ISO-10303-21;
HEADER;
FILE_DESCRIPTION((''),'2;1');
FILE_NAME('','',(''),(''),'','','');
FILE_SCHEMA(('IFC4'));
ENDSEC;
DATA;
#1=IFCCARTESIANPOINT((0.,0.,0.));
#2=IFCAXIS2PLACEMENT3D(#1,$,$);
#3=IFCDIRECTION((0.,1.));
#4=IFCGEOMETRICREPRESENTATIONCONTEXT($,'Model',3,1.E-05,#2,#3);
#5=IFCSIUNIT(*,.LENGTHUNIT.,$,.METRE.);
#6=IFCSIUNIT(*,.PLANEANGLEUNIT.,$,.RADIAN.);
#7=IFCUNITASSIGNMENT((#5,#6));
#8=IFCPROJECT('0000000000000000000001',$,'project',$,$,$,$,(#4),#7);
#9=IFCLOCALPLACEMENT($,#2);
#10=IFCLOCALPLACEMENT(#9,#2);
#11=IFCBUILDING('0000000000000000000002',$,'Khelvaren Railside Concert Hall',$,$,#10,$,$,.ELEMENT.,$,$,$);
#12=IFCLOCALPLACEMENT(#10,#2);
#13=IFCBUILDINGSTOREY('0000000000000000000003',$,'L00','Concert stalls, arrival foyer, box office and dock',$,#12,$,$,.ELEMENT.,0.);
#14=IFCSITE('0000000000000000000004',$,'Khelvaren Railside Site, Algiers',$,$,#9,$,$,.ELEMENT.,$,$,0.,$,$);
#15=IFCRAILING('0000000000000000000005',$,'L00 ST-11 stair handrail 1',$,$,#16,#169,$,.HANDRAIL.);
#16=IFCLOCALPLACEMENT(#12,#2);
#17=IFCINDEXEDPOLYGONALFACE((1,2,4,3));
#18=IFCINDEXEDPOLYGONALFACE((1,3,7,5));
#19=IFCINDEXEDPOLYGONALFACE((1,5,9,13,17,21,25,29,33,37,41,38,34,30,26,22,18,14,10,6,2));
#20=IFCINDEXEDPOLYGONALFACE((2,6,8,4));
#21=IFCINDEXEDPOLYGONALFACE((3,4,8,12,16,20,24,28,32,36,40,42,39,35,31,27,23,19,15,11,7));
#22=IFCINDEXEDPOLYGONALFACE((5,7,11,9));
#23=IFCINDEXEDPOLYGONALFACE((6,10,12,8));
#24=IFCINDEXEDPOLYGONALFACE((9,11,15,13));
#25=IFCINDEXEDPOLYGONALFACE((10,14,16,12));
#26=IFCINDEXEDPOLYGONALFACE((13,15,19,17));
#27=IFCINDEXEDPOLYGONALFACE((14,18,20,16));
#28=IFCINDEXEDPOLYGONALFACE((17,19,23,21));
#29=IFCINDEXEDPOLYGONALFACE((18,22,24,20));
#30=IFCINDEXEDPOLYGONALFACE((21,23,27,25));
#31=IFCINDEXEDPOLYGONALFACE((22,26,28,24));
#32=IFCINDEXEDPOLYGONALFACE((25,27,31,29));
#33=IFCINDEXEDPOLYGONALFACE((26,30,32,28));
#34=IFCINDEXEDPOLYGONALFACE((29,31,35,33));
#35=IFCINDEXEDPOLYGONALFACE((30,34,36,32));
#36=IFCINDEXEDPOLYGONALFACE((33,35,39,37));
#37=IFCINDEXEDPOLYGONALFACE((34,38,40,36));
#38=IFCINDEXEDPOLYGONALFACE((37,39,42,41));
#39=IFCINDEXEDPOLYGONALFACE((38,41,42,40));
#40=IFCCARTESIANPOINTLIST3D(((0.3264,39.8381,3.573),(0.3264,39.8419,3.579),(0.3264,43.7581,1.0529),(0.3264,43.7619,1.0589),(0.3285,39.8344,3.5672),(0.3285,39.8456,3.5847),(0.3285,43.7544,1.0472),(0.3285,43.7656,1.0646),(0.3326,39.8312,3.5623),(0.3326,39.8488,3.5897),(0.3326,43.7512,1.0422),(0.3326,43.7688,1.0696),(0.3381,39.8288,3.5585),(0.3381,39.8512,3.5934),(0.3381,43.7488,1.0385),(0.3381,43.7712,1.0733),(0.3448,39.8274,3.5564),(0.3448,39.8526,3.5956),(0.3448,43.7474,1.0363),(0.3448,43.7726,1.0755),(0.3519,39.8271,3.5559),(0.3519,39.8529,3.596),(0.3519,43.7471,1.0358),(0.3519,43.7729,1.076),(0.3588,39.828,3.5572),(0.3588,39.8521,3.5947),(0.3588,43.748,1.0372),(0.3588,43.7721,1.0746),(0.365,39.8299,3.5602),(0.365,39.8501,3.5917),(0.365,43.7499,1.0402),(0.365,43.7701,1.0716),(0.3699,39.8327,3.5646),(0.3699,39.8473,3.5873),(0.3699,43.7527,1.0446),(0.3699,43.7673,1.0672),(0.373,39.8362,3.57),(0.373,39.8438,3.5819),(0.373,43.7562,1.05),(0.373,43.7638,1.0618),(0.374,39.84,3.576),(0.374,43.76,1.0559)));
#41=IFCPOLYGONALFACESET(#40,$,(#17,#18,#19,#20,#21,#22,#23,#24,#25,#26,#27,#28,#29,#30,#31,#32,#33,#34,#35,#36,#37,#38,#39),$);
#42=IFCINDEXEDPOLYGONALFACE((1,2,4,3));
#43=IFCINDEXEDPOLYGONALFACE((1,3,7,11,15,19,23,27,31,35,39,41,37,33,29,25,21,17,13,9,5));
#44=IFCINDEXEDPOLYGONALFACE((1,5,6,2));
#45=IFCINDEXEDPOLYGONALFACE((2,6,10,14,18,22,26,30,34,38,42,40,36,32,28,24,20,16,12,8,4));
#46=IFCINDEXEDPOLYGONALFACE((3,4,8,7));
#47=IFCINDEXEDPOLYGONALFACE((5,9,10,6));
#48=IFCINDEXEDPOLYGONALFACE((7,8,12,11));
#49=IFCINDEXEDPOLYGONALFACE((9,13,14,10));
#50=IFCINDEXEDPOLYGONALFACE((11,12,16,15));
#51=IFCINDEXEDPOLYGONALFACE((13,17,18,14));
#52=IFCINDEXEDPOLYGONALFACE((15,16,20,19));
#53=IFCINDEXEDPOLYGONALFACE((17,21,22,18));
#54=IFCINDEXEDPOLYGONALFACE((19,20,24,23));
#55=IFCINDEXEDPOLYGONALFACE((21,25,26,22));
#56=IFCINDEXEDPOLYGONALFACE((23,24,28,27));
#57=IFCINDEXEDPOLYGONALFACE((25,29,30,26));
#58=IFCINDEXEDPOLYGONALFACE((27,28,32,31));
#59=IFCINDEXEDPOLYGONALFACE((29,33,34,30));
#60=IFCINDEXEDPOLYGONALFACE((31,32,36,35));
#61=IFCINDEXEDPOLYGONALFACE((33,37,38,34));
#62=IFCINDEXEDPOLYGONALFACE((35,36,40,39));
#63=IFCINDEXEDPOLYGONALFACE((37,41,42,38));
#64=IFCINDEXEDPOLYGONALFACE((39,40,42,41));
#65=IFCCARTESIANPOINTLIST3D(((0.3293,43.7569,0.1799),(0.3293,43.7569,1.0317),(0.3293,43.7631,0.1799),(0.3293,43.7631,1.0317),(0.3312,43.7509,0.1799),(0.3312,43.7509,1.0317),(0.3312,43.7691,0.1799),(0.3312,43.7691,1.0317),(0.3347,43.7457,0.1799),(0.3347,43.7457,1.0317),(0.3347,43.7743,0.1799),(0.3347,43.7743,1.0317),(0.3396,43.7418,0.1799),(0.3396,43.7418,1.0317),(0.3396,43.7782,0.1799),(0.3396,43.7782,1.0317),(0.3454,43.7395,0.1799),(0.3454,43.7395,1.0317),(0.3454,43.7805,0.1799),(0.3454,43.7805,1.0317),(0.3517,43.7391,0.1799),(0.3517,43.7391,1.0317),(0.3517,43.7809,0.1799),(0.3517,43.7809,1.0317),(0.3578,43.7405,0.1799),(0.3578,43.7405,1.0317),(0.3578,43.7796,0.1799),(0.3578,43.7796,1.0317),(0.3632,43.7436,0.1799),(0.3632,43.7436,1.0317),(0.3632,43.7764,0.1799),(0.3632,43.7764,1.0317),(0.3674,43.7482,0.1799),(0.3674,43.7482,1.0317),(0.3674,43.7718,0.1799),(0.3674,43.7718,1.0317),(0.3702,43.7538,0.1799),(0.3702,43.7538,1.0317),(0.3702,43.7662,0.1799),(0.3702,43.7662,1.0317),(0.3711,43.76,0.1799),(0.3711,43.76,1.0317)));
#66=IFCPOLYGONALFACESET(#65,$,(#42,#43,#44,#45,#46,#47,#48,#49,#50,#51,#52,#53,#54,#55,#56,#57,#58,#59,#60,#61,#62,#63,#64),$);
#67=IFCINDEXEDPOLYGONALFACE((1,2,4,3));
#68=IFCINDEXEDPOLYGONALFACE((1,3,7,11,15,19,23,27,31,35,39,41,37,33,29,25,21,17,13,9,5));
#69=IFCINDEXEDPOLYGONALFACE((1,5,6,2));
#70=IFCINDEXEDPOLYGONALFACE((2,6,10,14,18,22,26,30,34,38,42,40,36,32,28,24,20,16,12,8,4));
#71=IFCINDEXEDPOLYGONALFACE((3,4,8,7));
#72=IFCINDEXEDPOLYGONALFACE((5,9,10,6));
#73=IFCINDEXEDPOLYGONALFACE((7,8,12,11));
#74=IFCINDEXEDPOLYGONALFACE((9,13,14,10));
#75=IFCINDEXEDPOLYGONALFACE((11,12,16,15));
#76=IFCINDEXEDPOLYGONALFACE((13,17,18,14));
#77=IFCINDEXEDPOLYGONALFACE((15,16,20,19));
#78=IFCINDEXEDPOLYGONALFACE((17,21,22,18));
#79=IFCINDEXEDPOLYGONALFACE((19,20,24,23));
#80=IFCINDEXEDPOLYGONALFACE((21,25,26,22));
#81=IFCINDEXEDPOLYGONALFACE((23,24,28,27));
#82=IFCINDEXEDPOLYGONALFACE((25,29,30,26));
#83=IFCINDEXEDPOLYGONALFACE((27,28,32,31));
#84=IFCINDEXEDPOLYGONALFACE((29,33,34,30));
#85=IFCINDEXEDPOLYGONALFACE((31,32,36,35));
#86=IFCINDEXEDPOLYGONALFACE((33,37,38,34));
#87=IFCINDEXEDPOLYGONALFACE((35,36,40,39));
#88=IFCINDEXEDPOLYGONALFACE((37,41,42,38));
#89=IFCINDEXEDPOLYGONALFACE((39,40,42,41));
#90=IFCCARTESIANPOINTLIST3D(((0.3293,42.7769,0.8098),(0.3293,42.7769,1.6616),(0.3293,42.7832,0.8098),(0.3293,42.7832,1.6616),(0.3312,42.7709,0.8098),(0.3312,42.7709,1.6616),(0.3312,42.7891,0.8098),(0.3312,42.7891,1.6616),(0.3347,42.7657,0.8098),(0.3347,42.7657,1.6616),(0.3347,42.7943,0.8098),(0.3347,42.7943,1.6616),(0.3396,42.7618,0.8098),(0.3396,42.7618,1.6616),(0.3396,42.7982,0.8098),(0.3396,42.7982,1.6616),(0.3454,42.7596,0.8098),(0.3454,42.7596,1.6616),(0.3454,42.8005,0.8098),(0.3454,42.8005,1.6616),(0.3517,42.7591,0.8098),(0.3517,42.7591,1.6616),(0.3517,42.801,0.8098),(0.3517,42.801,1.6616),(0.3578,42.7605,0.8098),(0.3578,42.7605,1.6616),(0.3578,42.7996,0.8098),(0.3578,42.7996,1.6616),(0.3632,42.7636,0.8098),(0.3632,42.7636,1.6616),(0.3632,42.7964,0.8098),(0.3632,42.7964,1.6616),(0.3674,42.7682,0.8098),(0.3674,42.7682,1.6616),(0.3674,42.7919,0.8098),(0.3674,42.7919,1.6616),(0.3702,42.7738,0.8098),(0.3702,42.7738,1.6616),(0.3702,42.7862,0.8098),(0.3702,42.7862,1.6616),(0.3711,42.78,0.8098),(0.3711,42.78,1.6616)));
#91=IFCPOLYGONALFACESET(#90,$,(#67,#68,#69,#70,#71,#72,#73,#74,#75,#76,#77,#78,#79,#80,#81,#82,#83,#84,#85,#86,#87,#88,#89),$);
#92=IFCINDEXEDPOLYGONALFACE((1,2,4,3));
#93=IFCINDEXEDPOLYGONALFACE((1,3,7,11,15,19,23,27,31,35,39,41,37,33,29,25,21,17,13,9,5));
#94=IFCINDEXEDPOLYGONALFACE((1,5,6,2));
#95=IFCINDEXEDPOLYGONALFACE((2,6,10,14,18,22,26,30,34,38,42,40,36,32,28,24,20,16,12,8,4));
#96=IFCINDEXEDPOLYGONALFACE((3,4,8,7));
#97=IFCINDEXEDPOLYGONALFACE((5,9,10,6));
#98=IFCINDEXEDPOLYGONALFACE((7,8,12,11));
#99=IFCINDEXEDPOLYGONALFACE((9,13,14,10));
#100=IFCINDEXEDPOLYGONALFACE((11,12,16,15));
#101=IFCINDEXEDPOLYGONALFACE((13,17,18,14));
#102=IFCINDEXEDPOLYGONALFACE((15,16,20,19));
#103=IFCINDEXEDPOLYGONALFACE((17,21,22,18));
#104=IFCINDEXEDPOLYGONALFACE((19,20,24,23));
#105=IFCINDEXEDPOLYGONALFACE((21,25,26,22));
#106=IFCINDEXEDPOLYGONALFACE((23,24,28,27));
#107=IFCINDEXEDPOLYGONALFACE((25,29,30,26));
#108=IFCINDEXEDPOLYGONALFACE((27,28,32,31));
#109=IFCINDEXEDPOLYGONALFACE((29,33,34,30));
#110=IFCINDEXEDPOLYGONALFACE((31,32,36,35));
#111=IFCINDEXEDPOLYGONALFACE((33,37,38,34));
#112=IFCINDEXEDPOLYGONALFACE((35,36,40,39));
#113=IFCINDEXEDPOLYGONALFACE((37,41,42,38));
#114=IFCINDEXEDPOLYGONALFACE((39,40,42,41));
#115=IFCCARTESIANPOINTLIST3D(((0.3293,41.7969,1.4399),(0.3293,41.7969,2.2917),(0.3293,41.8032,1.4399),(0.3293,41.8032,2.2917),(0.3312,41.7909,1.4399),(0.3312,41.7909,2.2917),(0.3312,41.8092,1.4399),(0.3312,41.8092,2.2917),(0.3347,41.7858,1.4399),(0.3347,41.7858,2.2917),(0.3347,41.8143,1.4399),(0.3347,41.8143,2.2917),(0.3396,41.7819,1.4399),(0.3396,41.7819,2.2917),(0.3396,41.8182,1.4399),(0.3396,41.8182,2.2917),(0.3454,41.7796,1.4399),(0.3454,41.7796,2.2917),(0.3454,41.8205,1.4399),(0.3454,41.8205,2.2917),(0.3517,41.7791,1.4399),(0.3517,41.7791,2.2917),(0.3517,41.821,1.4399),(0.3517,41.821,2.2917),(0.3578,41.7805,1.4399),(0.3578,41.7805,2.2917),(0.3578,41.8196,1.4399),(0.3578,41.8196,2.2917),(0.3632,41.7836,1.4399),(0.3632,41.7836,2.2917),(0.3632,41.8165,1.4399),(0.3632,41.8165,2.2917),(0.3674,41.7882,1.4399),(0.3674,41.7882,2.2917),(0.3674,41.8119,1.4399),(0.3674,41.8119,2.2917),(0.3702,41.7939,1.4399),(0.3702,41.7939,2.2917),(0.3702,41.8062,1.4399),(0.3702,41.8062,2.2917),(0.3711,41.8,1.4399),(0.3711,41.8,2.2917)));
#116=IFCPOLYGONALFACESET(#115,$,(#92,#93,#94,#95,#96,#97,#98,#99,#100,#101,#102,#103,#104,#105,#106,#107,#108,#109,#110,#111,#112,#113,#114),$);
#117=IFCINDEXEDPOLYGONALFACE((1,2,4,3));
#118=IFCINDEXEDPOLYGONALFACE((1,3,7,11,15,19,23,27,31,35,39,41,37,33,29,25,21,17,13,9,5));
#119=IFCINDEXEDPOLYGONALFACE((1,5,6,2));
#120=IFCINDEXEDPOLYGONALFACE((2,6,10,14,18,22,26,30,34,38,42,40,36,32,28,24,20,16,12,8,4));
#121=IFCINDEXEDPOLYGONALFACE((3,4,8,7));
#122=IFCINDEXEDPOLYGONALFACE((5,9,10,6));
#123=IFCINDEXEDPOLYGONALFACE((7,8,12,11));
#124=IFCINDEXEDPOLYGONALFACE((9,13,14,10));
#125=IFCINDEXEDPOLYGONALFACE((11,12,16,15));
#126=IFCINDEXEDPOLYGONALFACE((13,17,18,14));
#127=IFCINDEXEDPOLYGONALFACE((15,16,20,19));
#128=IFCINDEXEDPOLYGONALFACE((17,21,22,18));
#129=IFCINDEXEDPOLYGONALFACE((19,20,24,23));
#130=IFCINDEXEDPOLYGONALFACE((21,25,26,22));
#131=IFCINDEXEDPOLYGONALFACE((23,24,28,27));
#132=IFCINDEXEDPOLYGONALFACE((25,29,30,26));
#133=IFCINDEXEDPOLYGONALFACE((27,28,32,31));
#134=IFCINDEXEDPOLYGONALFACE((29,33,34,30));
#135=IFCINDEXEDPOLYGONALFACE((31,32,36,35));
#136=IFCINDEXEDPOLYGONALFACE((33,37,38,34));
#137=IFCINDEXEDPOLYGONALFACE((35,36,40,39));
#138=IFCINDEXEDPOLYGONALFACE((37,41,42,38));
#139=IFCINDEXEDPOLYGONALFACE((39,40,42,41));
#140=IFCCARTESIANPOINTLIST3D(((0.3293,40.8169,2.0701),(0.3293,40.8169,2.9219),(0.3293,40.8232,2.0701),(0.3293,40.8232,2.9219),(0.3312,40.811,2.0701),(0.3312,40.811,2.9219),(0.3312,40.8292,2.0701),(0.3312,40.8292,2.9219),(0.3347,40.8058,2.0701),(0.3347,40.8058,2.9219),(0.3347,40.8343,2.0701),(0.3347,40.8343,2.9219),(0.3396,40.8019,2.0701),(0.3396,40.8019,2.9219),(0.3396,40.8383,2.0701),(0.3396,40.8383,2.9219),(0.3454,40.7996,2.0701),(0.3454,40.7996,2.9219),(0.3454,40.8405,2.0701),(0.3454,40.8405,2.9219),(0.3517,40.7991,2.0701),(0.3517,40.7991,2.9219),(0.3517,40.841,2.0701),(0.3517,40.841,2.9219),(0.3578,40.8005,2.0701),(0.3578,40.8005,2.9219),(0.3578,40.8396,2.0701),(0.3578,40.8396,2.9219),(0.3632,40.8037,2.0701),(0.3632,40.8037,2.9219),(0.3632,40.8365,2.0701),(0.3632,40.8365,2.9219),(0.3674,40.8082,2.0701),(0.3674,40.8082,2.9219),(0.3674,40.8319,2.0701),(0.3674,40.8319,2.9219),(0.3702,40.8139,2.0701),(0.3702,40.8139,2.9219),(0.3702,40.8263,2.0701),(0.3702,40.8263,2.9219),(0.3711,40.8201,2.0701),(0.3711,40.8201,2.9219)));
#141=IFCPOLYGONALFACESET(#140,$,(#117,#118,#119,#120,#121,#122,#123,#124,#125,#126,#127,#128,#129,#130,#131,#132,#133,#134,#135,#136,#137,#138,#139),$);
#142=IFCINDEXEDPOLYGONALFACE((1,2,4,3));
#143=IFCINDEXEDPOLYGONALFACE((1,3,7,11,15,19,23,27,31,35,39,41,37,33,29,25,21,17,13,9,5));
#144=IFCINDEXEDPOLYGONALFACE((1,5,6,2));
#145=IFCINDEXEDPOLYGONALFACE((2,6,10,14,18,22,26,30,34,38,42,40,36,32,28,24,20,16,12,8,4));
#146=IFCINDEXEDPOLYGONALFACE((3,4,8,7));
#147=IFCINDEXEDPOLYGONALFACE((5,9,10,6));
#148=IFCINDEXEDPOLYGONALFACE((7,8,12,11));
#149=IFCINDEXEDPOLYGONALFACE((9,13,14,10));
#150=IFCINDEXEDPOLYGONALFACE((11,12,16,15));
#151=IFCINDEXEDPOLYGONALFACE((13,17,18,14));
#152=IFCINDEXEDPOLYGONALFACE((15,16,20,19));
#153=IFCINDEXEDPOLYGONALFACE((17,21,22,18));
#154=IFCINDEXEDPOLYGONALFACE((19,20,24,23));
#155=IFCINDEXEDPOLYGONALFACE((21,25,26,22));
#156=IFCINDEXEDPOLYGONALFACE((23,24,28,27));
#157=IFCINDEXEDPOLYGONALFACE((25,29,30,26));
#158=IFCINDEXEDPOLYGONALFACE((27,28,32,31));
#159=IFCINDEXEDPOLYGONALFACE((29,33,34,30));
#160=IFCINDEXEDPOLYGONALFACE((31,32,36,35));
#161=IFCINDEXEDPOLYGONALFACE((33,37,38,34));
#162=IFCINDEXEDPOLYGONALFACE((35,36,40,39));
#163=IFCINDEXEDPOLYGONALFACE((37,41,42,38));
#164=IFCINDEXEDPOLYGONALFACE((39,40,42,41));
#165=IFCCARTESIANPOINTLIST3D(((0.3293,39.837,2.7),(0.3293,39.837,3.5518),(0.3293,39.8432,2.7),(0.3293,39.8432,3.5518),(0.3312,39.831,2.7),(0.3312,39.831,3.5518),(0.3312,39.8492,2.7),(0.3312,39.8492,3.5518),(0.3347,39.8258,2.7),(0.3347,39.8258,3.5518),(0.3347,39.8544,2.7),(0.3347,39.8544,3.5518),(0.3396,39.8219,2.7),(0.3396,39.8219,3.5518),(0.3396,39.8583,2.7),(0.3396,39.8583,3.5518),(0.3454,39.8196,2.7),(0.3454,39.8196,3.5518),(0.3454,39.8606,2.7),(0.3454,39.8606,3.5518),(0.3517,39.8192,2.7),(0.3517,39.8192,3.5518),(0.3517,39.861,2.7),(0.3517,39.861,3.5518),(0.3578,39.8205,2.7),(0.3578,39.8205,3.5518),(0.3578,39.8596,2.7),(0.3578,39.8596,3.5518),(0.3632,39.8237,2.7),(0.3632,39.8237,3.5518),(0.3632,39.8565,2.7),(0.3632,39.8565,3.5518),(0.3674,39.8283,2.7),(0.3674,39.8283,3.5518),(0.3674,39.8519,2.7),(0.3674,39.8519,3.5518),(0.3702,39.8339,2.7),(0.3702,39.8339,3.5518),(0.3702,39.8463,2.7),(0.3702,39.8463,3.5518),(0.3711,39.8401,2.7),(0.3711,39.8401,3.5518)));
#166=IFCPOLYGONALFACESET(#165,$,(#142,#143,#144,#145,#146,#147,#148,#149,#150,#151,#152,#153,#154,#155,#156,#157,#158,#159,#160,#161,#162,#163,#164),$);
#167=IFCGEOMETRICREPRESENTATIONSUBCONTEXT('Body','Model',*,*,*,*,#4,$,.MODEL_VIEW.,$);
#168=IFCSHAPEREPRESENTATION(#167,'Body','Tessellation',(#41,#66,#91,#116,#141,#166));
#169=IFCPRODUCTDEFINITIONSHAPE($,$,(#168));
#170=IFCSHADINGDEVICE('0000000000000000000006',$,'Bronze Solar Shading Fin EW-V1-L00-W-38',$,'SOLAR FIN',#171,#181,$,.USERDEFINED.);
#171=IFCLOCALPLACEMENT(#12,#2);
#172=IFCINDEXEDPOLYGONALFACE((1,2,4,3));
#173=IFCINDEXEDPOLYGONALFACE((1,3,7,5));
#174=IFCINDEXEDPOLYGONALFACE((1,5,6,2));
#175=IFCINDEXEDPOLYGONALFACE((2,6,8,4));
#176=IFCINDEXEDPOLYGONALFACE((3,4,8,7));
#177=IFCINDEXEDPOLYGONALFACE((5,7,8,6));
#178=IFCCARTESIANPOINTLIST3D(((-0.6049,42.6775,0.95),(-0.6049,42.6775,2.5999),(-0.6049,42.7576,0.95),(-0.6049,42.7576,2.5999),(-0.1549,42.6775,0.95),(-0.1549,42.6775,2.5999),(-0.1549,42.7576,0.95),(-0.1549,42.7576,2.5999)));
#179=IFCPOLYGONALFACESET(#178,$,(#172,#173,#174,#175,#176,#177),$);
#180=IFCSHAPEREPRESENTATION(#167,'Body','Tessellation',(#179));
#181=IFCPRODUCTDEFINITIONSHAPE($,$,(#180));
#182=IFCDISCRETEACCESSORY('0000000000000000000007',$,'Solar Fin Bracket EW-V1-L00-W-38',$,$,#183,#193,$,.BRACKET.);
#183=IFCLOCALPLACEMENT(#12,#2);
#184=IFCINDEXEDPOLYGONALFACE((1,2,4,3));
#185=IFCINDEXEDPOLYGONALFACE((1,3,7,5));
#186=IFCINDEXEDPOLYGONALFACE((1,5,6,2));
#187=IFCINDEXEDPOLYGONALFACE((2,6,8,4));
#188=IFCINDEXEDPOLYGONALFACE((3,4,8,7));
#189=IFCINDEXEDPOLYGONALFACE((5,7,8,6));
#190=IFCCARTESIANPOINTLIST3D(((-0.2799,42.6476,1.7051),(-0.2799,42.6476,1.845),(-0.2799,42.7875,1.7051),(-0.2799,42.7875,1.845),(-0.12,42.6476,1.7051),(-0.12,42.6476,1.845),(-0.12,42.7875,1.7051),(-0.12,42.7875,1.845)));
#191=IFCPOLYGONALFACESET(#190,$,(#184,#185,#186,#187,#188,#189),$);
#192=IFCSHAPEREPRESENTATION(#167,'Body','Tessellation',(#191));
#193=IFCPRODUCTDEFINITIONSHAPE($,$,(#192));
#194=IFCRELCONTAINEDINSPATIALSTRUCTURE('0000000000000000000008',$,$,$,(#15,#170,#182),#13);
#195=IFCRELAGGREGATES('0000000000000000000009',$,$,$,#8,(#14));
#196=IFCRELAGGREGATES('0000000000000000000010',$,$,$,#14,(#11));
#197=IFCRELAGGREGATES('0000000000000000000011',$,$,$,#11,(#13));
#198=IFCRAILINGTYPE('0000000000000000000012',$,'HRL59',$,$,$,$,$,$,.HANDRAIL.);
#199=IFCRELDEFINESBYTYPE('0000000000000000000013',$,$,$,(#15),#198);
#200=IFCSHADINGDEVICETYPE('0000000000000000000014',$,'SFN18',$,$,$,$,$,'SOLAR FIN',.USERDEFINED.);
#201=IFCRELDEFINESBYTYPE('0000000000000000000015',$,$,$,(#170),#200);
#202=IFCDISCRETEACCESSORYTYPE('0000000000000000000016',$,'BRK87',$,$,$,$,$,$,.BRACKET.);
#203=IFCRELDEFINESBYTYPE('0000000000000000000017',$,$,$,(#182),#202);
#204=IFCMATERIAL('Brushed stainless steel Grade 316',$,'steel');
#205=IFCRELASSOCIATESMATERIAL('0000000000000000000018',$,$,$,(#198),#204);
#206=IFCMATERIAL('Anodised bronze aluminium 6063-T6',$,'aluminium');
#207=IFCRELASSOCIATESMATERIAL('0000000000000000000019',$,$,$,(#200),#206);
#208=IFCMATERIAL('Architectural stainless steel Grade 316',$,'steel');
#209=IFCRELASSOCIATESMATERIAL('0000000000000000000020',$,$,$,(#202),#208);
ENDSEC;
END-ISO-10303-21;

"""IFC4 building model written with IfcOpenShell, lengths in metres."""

from ifc_helpers import new_model, si_unit, direction, frame, origin, origin_2d, place, context, subcontext, project, spatial, rectangle, circle, extrude, material, type_object, element, save


model = new_model("IFC4")

# Units and contexts
model_context = context("Model", 3, precision=1e-05, world=origin(), true_north=direction((0.0, 1.0)))
body_context = subcontext(model_context, "Body", "Model", "MODEL_VIEW")
ifc_project = project(units=[si_unit("LENGTHUNIT", "METRE"), si_unit("PLANEANGLEUNIT", "RADIAN")], contexts=[model_context])

# Site, building, storey
site_placement = place(None, origin())
site = spatial("IfcSite", under=ifc_project, at=site_placement, Name="Khelvaren Railside Site, Algiers", CompositionType="ELEMENT", RefElevation=0.0)
building_placement = place(site_placement, origin())
building = spatial("IfcBuilding", under=site, at=building_placement, Name="Khelvaren Railside Concert Hall", CompositionType="ELEMENT")
storey_placement = place(building_placement, origin())
storey = spatial("IfcBuildingStorey", under=building, at=storey_placement, Name="L00", Description="Concert stalls, arrival foyer, box office and dock", CompositionType="ELEMENT", Elevation=0.0)

# Railing
ifc_material_1 = material(Name="Brushed stainless steel Grade 316", Category="steel")
railing_type_1 = type_object("IfcRailingType", Name="HRL59", PredefinedType="HANDRAIL", material=ifc_material_1)
railing_1_placement = place(storey_placement, frame((0.3501, 43.76, 0.1799)))
element("IfcRailing", 1, at=railing_1_placement, inside=storey, type_object=railing_type_1, Name="L00 ST-11 stair handrail 1", PredefinedType="HANDRAIL", context=body_context, shape_type="SweptSolid", body=[
    extrude(circle(Radius=0.0239, at=origin_2d()), frame((0.0, 0.0, 0.876), z_axis=(0.0, -0.841172, 0.540768), x_axis=(1.0, 0.0, 0.0)), (0.0, 0.0, 1.0), 4.6602),
    extrude(circle(Radius=0.021, at=origin_2d()), origin(), (0.0, 0.0, 1.0), 0.8518),
    extrude(circle(Radius=0.021, at=origin_2d()), frame((0.0, -0.98, 0.6299)), (0.0, 0.0, 1.0), 0.8518),
    extrude(circle(Radius=0.021, at=origin_2d()), frame((0.0, -1.96, 1.26)), (0.0, 0.0, 1.0), 0.8518),
    extrude(circle(Radius=0.021, at=origin_2d()), frame((0.0, -2.9399, 1.8901)), (0.0, 0.0, 1.0), 0.8518),
    extrude(circle(Radius=0.021, at=origin_2d()), frame((0.0, -3.9199, 2.52)), (0.0, 0.0, 1.0), 0.8518),
])

# Shading device
ifc_material_2 = material(Name="Anodised bronze aluminium 6063-T6", Category="aluminium")
shading_device_type = type_object("IfcShadingDeviceType", Name="SFN18", ElementType="SOLAR FIN", PredefinedType="USERDEFINED", material=ifc_material_2)
shading_device_placement = place(storey_placement, frame((-0.3799, 42.7175, 0.95), z_axis=(0.0, 0.0, 1.0), x_axis=(0.0, 1.0, 0.0)))
element("IfcShadingDevice", 2, at=shading_device_placement, inside=storey, type_object=shading_device_type, Name="Bronze Solar Shading Fin EW-V1-L00-W-38", ObjectType="SOLAR FIN", PredefinedType="USERDEFINED", context=body_context, shape_type="SweptSolid", body=[
    extrude(rectangle(XDim=0.0801, YDim=0.45, at=origin_2d()), origin(), (0.0, 0.0, 1.0), 1.6499),
])

# Discrete accessory
ifc_material_3 = material(Name="Architectural stainless steel Grade 316", Category="steel")
discrete_accessory_type = type_object("IfcDiscreteAccessoryType", Name="BRK87", PredefinedType="BRACKET", material=ifc_material_3)
discrete_accessory_placement = place(storey_placement, frame((-0.2, 42.7175, 1.7051), z_axis=(0.0, 0.0, 1.0), x_axis=(0.0, 1.0, 0.0)))
element("IfcDiscreteAccessory", 3, at=discrete_accessory_placement, inside=storey, type_object=discrete_accessory_type, Name="Solar Fin Bracket EW-V1-L00-W-38", PredefinedType="BRACKET", context=body_context, shape_type="SweptSolid", body=[
    extrude(rectangle(XDim=0.1399, YDim=0.1599, at=origin_2d()), origin(), (0.0, 0.0, 1.0), 0.1399),
])

save(model, "model.ifc")
